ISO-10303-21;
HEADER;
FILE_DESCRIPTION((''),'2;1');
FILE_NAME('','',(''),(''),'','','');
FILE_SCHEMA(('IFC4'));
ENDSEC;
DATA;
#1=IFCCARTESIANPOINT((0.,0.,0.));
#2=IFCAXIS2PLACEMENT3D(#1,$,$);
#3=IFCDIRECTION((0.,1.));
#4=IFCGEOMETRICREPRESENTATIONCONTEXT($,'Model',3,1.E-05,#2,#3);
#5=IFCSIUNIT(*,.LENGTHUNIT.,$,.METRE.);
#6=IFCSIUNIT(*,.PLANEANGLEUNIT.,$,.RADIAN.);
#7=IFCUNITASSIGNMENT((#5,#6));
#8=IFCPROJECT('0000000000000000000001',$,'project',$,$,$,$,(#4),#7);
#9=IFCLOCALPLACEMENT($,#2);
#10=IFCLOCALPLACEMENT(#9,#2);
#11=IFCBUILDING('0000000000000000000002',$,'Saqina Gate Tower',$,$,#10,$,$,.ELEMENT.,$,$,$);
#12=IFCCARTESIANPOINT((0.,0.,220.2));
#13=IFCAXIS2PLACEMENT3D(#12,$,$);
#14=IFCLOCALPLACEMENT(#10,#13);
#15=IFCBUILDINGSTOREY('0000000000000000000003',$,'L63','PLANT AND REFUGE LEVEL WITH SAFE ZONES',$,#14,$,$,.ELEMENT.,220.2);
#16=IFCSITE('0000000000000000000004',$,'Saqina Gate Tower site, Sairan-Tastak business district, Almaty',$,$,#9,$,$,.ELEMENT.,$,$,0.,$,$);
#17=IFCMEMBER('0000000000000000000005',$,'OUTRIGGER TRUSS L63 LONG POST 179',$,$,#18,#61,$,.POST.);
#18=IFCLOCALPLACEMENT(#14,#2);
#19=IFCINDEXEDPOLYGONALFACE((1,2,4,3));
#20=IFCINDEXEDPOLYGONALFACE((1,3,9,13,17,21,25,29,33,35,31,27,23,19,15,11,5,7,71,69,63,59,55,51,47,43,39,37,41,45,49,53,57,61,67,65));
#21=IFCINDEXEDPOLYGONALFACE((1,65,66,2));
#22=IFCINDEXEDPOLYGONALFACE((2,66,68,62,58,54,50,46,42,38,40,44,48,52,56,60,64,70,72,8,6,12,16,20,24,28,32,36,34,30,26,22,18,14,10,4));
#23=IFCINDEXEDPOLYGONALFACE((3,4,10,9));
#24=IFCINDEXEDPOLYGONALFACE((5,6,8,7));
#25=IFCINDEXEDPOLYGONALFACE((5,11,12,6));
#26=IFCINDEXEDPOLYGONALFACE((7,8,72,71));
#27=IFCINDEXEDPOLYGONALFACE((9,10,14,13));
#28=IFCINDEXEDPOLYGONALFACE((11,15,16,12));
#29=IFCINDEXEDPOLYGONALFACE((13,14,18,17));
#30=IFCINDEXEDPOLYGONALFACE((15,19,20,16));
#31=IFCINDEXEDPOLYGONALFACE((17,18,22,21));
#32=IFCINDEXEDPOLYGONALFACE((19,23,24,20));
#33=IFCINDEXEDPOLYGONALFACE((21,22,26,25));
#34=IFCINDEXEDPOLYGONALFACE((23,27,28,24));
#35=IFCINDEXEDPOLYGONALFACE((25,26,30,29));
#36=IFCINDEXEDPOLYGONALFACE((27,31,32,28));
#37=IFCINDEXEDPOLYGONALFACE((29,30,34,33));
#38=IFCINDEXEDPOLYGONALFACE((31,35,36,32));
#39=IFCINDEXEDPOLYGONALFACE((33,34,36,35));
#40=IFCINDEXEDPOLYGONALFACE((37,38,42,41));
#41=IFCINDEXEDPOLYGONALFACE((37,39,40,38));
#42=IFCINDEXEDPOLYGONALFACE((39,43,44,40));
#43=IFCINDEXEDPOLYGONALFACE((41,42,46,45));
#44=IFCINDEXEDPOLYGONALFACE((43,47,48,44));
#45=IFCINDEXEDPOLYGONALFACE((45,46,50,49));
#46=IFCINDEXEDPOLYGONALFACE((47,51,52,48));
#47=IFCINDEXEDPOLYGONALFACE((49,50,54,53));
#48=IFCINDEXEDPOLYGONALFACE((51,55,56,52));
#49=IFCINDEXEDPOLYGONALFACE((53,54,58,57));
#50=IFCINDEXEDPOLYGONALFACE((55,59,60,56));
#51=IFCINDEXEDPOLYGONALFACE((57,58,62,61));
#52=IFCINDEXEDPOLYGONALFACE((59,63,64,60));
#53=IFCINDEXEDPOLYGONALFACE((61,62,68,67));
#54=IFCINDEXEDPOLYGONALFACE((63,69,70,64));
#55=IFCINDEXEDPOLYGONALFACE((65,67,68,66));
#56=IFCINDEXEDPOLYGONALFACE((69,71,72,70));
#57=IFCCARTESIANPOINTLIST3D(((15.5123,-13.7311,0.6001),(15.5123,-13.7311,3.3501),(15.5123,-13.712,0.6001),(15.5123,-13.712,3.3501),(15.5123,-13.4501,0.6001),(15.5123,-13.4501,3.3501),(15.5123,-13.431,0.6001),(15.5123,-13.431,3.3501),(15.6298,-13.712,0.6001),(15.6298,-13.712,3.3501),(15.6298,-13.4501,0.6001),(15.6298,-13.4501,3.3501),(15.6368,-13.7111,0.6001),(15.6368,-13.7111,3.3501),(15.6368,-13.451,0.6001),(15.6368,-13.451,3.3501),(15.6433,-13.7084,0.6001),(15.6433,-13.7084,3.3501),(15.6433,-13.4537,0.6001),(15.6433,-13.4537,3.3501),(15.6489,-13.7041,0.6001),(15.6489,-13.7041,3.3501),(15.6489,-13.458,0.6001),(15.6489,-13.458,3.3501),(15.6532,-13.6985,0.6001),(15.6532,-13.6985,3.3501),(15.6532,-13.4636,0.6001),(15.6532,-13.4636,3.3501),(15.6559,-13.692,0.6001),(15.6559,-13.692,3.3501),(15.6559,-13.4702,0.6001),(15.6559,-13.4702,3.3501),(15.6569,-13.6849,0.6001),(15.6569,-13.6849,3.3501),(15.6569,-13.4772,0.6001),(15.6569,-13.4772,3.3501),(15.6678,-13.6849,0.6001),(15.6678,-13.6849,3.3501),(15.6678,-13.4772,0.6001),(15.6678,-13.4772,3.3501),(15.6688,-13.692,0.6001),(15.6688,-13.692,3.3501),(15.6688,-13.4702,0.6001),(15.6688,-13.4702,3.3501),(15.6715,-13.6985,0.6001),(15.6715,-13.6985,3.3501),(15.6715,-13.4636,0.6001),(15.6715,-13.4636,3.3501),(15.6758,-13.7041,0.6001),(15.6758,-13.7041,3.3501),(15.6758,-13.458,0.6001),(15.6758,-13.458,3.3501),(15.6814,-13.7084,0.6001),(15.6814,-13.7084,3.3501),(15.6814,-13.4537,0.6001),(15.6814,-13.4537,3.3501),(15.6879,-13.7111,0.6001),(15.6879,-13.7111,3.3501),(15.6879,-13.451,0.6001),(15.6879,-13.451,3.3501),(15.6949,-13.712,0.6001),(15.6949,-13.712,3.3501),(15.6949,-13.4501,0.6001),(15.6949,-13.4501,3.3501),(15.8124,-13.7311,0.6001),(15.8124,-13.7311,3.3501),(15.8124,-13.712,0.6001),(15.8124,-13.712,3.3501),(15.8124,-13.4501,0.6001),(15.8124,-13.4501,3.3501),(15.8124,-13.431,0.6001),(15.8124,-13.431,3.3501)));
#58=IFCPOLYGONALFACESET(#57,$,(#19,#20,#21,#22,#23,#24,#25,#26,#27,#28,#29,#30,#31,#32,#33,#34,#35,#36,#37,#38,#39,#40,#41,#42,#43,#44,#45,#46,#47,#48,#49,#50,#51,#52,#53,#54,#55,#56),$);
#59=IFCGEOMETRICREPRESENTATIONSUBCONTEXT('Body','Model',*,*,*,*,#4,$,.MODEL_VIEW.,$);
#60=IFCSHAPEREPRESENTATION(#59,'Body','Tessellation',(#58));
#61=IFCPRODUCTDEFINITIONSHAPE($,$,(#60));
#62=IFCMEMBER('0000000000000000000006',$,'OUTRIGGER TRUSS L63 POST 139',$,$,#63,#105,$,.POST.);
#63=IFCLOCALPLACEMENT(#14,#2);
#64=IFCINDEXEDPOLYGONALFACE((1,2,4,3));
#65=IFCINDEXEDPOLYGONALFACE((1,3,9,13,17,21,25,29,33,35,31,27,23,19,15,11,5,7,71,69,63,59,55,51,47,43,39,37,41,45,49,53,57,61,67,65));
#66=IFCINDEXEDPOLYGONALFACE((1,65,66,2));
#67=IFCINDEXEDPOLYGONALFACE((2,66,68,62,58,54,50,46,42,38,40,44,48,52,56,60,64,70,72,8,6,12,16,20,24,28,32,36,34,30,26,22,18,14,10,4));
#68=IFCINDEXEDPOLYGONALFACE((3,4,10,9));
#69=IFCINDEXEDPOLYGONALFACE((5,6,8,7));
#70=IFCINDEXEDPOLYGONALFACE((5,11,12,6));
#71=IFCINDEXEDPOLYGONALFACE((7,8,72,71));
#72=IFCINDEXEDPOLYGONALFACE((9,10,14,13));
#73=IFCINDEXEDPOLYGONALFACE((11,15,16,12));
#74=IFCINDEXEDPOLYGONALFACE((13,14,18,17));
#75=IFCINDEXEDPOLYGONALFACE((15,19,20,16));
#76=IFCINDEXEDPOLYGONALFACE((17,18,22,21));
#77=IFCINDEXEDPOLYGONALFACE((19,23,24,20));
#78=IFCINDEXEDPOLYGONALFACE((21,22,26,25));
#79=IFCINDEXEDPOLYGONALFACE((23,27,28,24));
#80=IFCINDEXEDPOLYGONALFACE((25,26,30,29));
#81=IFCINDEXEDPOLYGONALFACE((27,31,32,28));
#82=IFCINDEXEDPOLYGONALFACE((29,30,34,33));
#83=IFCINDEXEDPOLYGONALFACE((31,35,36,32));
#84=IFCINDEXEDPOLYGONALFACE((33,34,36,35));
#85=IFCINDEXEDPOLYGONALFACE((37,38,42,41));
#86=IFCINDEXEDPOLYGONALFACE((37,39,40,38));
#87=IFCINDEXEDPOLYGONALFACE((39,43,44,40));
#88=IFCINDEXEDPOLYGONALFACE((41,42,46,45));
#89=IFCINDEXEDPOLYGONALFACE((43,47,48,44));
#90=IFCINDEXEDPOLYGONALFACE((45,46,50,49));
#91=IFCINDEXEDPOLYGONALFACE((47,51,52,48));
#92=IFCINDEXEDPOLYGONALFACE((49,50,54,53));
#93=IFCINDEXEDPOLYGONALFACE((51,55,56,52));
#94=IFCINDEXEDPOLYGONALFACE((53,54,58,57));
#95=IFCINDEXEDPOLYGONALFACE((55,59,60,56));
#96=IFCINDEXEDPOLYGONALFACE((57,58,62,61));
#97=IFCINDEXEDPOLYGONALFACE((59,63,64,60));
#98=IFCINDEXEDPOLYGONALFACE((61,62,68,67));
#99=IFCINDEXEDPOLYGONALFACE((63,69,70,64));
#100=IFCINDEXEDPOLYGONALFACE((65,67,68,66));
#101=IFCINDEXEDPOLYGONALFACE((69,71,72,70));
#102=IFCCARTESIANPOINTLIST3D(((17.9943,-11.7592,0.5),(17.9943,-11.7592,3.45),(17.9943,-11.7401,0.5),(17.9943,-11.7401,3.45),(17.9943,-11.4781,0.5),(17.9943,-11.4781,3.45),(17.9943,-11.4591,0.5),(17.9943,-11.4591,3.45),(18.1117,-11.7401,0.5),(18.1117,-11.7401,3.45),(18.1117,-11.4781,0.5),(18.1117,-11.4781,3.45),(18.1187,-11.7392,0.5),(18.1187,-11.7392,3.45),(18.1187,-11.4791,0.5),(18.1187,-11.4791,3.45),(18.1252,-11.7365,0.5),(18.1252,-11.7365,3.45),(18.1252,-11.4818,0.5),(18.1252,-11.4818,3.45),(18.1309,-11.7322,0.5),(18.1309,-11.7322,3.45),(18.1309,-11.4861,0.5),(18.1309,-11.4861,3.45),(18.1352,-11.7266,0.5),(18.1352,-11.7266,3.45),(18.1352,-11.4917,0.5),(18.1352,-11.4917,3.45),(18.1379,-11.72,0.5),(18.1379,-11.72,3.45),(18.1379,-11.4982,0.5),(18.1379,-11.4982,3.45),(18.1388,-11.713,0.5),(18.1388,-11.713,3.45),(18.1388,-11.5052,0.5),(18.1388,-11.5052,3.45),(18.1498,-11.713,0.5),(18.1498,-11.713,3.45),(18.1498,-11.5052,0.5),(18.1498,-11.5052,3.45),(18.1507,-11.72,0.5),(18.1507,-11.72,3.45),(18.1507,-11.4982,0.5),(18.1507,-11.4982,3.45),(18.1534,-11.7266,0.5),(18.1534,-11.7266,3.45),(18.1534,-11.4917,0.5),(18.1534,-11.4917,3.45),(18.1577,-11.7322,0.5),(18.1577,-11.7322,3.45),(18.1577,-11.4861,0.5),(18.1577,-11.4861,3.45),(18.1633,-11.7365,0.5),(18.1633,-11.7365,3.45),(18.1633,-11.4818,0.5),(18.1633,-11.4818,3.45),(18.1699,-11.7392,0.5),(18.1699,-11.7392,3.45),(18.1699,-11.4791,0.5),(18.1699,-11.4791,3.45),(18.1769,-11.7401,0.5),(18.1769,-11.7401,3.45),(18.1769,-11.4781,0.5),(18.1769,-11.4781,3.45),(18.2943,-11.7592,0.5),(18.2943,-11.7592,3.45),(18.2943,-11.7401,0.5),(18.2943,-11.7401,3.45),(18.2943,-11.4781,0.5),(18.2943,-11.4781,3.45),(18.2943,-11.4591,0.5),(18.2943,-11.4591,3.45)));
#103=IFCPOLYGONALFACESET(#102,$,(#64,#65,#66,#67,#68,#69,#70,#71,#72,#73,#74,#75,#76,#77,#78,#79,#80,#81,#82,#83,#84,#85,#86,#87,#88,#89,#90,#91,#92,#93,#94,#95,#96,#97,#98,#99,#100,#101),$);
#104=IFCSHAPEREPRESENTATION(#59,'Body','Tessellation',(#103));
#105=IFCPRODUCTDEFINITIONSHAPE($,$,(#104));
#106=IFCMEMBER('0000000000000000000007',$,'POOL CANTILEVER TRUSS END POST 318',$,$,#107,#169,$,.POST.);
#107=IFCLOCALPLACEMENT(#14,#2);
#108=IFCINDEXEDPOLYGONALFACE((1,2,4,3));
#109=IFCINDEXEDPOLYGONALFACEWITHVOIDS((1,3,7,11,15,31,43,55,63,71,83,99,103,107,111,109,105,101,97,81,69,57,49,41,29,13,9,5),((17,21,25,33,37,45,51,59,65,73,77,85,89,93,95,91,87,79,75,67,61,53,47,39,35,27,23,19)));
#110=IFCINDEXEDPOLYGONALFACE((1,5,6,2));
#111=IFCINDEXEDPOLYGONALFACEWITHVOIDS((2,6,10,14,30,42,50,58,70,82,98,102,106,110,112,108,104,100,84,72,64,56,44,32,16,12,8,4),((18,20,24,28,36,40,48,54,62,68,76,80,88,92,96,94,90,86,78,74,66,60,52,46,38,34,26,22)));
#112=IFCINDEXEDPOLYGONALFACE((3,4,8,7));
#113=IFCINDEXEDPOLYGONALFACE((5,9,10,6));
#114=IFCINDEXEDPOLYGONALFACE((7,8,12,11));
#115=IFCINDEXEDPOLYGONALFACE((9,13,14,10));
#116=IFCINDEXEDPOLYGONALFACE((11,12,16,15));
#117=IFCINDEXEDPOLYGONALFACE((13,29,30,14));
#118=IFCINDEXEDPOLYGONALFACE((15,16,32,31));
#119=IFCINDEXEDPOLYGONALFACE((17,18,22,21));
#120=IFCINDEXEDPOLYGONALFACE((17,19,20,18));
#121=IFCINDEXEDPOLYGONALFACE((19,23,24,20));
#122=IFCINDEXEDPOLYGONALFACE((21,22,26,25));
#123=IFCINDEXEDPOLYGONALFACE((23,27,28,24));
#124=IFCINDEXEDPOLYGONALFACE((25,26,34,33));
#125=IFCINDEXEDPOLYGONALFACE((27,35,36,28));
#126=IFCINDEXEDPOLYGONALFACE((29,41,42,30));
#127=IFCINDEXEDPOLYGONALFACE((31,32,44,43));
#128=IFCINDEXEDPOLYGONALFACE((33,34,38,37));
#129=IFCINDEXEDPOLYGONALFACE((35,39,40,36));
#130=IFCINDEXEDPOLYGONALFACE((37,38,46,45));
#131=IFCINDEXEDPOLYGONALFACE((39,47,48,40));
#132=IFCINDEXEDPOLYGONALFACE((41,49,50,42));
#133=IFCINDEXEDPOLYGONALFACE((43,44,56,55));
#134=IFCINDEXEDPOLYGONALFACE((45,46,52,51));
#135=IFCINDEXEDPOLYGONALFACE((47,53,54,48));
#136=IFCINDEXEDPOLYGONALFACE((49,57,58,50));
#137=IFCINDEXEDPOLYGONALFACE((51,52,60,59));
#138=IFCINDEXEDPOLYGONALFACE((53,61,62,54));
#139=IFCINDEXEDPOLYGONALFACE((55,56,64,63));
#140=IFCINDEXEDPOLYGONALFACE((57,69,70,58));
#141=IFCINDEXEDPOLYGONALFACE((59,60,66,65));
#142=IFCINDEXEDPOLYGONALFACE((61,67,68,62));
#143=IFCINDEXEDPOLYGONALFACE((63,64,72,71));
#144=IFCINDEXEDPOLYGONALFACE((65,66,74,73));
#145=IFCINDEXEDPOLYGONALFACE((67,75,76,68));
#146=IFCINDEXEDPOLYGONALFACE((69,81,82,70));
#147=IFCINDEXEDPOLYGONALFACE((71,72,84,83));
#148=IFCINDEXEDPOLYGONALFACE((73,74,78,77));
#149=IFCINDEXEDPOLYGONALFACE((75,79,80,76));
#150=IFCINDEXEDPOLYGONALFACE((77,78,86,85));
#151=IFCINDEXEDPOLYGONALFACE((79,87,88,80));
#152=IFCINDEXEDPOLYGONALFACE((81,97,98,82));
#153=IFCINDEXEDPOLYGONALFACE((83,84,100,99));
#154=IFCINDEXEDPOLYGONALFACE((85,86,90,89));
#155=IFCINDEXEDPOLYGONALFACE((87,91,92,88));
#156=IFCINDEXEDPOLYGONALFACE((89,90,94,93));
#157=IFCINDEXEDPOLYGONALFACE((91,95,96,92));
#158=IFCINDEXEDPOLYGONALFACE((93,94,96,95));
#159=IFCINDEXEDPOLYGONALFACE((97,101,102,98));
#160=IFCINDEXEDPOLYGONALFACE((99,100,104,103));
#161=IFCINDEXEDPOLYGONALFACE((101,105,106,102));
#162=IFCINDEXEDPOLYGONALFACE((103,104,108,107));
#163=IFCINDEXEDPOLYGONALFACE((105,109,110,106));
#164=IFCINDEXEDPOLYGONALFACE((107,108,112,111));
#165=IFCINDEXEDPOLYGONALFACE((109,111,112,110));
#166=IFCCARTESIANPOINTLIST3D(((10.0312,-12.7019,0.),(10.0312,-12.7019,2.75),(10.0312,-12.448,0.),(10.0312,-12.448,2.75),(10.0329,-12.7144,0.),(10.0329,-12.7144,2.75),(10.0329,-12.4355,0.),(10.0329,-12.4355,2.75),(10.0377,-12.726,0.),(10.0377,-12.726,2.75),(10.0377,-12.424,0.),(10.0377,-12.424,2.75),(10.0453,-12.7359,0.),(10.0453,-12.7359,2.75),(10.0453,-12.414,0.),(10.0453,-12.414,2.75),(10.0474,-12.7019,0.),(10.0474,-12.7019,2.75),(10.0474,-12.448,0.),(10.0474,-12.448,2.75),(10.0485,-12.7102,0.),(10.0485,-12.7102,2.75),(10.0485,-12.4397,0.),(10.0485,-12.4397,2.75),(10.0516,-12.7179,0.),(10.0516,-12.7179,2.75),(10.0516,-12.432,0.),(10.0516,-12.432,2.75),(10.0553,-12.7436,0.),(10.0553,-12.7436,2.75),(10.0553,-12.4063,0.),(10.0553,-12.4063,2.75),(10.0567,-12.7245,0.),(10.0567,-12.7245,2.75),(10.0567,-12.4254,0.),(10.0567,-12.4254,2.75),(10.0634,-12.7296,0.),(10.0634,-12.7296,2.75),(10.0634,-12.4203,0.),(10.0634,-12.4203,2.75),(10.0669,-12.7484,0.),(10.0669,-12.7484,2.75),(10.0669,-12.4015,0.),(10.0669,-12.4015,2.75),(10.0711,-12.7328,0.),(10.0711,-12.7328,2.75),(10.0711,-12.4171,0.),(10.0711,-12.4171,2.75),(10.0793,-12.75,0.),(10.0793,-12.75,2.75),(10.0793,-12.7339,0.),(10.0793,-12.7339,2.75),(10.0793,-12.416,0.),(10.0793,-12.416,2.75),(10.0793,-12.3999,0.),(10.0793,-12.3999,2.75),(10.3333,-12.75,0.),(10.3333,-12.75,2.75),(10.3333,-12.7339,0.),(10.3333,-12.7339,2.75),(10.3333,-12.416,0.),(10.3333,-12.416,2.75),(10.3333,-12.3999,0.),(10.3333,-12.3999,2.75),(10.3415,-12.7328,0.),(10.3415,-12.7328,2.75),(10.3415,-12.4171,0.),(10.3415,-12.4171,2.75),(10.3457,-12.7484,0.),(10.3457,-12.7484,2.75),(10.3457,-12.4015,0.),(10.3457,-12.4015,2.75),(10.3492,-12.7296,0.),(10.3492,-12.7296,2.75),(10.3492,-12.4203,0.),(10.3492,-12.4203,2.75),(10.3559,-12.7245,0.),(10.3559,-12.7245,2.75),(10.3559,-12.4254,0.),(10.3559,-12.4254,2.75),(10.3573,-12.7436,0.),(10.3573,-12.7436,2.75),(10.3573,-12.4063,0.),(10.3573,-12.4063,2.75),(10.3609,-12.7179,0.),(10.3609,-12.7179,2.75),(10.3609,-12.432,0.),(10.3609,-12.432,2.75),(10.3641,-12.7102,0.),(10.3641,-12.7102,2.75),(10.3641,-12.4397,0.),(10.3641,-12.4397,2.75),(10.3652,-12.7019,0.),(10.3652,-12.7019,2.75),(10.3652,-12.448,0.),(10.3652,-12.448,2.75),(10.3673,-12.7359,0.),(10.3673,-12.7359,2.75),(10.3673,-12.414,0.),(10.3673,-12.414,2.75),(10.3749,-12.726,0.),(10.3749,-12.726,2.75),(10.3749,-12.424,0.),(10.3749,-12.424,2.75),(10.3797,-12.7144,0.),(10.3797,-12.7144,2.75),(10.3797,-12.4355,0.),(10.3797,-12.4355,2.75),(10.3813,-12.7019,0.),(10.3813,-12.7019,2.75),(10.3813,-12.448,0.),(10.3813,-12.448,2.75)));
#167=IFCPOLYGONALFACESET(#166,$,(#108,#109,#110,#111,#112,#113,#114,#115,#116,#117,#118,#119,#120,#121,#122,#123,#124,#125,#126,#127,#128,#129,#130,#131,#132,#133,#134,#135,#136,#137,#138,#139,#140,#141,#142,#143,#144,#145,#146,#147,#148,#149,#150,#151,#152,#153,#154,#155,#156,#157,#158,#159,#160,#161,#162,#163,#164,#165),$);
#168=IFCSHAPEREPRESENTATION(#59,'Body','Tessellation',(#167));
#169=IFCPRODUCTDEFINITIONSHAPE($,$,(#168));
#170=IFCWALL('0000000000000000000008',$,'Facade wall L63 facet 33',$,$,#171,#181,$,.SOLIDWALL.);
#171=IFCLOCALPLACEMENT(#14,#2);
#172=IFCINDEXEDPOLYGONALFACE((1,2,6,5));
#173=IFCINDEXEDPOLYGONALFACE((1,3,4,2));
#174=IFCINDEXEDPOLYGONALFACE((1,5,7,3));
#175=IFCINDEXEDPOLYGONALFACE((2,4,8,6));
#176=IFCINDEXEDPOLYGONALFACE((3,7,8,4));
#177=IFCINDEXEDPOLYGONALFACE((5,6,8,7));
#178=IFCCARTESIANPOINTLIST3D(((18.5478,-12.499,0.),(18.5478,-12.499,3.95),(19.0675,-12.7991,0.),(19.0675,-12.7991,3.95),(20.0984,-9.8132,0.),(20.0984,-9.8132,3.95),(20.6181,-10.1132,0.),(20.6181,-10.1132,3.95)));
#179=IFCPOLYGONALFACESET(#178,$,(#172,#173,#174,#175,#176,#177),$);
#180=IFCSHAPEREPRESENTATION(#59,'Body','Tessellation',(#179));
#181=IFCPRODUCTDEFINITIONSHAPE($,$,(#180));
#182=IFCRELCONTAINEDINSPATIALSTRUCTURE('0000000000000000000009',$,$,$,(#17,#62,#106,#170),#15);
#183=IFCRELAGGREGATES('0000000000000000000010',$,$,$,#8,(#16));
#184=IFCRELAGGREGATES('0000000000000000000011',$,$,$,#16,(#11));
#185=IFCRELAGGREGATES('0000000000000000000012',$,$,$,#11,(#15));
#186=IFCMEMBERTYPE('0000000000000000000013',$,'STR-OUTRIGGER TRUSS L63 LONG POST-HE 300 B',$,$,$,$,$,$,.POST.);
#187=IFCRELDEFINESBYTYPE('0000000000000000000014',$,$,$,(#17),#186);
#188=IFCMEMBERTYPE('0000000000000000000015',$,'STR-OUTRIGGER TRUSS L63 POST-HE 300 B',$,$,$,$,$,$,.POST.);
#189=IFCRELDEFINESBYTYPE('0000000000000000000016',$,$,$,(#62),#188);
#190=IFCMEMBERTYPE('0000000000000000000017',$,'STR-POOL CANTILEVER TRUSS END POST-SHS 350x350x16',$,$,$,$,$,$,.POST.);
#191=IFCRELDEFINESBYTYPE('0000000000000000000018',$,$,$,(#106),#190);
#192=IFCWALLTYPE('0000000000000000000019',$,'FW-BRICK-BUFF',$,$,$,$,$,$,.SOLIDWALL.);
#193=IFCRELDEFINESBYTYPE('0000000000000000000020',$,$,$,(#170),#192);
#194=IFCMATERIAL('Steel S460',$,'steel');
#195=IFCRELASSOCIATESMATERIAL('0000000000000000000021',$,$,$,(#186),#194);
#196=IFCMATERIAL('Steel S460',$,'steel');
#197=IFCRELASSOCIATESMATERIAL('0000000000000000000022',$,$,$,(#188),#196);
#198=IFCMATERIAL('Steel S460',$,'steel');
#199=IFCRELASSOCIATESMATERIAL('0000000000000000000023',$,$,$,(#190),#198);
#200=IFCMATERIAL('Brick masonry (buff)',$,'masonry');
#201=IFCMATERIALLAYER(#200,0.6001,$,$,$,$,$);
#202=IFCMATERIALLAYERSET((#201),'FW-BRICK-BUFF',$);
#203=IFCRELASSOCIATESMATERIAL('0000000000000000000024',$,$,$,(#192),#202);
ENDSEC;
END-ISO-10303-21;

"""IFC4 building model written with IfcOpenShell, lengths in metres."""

from ifc_helpers import new_model, si_unit, direction, frame, frame_2d, origin, origin_2d, place, context, subcontext, project, spatial, rectangle, hollow_rectangle, i_section, extrude, material, layer, layer_set, material_profile, profile_set, type_object, element, save


model = new_model("IFC4")

# Units and contexts
model_context = context("Model", 3, precision=1e-05, world=origin(), true_north=direction((0.0, 1.0)))
body_context = subcontext(model_context, "Body", "Model", "MODEL_VIEW")
ifc_project = project(units=[si_unit("LENGTHUNIT", "METRE"), si_unit("PLANEANGLEUNIT", "RADIAN")], contexts=[model_context])

# Site, building, storey
site_placement = place(None, origin())
site = spatial("IfcSite", under=ifc_project, at=site_placement, Name="Saqina Gate Tower site, Sairan-Tastak business district, Almaty", CompositionType="ELEMENT", RefElevation=0.0)
building_placement = place(site_placement, origin())
building = spatial("IfcBuilding", under=site, at=building_placement, Name="Saqina Gate Tower", CompositionType="ELEMENT")
storey_placement = place(building_placement, frame((0.0, 0.0, 220.2)))
storey = spatial("IfcBuildingStorey", under=building, at=storey_placement, Name="L63", Description="PLANT AND REFUGE LEVEL WITH SAFE ZONES", CompositionType="ELEMENT", Elevation=220.2)

# Members
ifc_material_1 = material(Name="Steel S460", Category="steel")
ifc_material_profile_1 = material_profile(ifc_material_1, i_section(OverallWidth=0.3, OverallDepth=0.3, WebThickness=0.011, FlangeThickness=0.019, FilletRadius=0.0271, at=origin_2d()), Name="HE 300 B")
ifc_profile_set_1 = profile_set([ifc_material_profile_1], Name="Steel S460")
member_type_1 = type_object("IfcMemberType", Name="STR-OUTRIGGER TRUSS L63 LONG POST-HE 300 B", PredefinedType="POST", material=ifc_profile_set_1)
member_1_placement = place(storey_placement, frame((15.6624, -13.5811, 0.6001), z_axis=(0.0, 0.0, 1.0), x_axis=(1.0, 0.0, 0.0)))
element("IfcMember", 1, at=member_1_placement, inside=storey, type_object=member_type_1, Name="OUTRIGGER TRUSS L63 LONG POST 179", PredefinedType="POST", context=body_context, shape_type="SweptSolid", body=[
    extrude(i_section(OverallWidth=0.3, OverallDepth=0.3, WebThickness=0.011, FlangeThickness=0.019, FilletRadius=0.0271, at=origin_2d()), origin(), (0.0, 0.0, 1.0), 2.75),
])
ifc_material_2 = material(Name="Steel S460", Category="steel")
ifc_material_profile_2 = material_profile(ifc_material_2, i_section(OverallWidth=0.3, OverallDepth=0.3, WebThickness=0.011, FlangeThickness=0.019, FilletRadius=0.0271, at=origin_2d()), Name="HE 300 B")
ifc_profile_set_2 = profile_set([ifc_material_profile_2], Name="Steel S460")
member_type_2 = type_object("IfcMemberType", Name="STR-OUTRIGGER TRUSS L63 POST-HE 300 B", PredefinedType="POST", material=ifc_profile_set_2)
member_2_placement = place(storey_placement, frame((18.1443, -11.6091, 0.5), z_axis=(0.0, 0.0, 1.0), x_axis=(1.0, 0.0, 0.0)))
element("IfcMember", 2, at=member_2_placement, inside=storey, type_object=member_type_2, Name="OUTRIGGER TRUSS L63 POST 139", PredefinedType="POST", context=body_context, shape_type="SweptSolid", body=[
    extrude(i_section(OverallWidth=0.3, OverallDepth=0.3, WebThickness=0.011, FlangeThickness=0.019, FilletRadius=0.0271, at=origin_2d()), origin(), (0.0, 0.0, 1.0), 2.95),
])
ifc_material_3 = material(Name="Steel S460", Category="steel")
ifc_material_profile_3 = material_profile(ifc_material_3, hollow_rectangle(XDim=0.3501, YDim=0.3501, WallThickness=0.0161, InnerFilletRadius=0.032, OuterFilletRadius=0.0481, at=origin_2d()), Name="SHS 350x350x16")
ifc_profile_set_3 = profile_set([ifc_material_profile_3], Name="Steel S460")
member_type_3 = type_object("IfcMemberType", Name="STR-POOL CANTILEVER TRUSS END POST-SHS 350x350x16", PredefinedType="POST", material=ifc_profile_set_3)
member_3_placement = place(storey_placement, frame((10.2063, -12.575, 0.0), z_axis=(0.0, 0.0, 1.0), x_axis=(1.0, 0.0, 0.0)))
element("IfcMember", 3, at=member_3_placement, inside=storey, type_object=member_type_3, Name="POOL CANTILEVER TRUSS END POST 318", PredefinedType="POST", context=body_context, shape_type="SweptSolid", body=[
    extrude(hollow_rectangle(XDim=0.3501, YDim=0.3501, WallThickness=0.0161, InnerFilletRadius=0.032, OuterFilletRadius=0.0481, at=origin_2d()), origin(), (0.0, 0.0, 1.0), 2.75),
])

# Wall
ifc_material_4 = material(Name="Brick masonry (buff)", Category="masonry")
ifc_layer_1 = layer(ifc_material_4, 0.6001)
ifc_layer_set_1 = layer_set([ifc_layer_1], Name="FW-BRICK-BUFF")
wall_type_1 = type_object("IfcWallType", Name="FW-BRICK-BUFF", PredefinedType="SOLIDWALL", material=ifc_layer_set_1)
wall_1_placement = place(storey_placement, frame((18.8076, -12.6492, 0.0), z_axis=(0.0, 0.0, 1.0), x_axis=(0.499975, 0.86604, 0.0)))
element("IfcWall", 4, at=wall_1_placement, inside=storey, type_object=wall_type_1, Name="Facade wall L63 facet 33", PredefinedType="SOLIDWALL", context=body_context, shape_type="SweptSolid", body=[
    extrude(rectangle(XDim=3.1013, YDim=0.6001, at=frame_2d((1.5508, 0.0))), origin(), (0.0, 0.0, 1.0), 3.95),
])

save(model, "model.ifc")
